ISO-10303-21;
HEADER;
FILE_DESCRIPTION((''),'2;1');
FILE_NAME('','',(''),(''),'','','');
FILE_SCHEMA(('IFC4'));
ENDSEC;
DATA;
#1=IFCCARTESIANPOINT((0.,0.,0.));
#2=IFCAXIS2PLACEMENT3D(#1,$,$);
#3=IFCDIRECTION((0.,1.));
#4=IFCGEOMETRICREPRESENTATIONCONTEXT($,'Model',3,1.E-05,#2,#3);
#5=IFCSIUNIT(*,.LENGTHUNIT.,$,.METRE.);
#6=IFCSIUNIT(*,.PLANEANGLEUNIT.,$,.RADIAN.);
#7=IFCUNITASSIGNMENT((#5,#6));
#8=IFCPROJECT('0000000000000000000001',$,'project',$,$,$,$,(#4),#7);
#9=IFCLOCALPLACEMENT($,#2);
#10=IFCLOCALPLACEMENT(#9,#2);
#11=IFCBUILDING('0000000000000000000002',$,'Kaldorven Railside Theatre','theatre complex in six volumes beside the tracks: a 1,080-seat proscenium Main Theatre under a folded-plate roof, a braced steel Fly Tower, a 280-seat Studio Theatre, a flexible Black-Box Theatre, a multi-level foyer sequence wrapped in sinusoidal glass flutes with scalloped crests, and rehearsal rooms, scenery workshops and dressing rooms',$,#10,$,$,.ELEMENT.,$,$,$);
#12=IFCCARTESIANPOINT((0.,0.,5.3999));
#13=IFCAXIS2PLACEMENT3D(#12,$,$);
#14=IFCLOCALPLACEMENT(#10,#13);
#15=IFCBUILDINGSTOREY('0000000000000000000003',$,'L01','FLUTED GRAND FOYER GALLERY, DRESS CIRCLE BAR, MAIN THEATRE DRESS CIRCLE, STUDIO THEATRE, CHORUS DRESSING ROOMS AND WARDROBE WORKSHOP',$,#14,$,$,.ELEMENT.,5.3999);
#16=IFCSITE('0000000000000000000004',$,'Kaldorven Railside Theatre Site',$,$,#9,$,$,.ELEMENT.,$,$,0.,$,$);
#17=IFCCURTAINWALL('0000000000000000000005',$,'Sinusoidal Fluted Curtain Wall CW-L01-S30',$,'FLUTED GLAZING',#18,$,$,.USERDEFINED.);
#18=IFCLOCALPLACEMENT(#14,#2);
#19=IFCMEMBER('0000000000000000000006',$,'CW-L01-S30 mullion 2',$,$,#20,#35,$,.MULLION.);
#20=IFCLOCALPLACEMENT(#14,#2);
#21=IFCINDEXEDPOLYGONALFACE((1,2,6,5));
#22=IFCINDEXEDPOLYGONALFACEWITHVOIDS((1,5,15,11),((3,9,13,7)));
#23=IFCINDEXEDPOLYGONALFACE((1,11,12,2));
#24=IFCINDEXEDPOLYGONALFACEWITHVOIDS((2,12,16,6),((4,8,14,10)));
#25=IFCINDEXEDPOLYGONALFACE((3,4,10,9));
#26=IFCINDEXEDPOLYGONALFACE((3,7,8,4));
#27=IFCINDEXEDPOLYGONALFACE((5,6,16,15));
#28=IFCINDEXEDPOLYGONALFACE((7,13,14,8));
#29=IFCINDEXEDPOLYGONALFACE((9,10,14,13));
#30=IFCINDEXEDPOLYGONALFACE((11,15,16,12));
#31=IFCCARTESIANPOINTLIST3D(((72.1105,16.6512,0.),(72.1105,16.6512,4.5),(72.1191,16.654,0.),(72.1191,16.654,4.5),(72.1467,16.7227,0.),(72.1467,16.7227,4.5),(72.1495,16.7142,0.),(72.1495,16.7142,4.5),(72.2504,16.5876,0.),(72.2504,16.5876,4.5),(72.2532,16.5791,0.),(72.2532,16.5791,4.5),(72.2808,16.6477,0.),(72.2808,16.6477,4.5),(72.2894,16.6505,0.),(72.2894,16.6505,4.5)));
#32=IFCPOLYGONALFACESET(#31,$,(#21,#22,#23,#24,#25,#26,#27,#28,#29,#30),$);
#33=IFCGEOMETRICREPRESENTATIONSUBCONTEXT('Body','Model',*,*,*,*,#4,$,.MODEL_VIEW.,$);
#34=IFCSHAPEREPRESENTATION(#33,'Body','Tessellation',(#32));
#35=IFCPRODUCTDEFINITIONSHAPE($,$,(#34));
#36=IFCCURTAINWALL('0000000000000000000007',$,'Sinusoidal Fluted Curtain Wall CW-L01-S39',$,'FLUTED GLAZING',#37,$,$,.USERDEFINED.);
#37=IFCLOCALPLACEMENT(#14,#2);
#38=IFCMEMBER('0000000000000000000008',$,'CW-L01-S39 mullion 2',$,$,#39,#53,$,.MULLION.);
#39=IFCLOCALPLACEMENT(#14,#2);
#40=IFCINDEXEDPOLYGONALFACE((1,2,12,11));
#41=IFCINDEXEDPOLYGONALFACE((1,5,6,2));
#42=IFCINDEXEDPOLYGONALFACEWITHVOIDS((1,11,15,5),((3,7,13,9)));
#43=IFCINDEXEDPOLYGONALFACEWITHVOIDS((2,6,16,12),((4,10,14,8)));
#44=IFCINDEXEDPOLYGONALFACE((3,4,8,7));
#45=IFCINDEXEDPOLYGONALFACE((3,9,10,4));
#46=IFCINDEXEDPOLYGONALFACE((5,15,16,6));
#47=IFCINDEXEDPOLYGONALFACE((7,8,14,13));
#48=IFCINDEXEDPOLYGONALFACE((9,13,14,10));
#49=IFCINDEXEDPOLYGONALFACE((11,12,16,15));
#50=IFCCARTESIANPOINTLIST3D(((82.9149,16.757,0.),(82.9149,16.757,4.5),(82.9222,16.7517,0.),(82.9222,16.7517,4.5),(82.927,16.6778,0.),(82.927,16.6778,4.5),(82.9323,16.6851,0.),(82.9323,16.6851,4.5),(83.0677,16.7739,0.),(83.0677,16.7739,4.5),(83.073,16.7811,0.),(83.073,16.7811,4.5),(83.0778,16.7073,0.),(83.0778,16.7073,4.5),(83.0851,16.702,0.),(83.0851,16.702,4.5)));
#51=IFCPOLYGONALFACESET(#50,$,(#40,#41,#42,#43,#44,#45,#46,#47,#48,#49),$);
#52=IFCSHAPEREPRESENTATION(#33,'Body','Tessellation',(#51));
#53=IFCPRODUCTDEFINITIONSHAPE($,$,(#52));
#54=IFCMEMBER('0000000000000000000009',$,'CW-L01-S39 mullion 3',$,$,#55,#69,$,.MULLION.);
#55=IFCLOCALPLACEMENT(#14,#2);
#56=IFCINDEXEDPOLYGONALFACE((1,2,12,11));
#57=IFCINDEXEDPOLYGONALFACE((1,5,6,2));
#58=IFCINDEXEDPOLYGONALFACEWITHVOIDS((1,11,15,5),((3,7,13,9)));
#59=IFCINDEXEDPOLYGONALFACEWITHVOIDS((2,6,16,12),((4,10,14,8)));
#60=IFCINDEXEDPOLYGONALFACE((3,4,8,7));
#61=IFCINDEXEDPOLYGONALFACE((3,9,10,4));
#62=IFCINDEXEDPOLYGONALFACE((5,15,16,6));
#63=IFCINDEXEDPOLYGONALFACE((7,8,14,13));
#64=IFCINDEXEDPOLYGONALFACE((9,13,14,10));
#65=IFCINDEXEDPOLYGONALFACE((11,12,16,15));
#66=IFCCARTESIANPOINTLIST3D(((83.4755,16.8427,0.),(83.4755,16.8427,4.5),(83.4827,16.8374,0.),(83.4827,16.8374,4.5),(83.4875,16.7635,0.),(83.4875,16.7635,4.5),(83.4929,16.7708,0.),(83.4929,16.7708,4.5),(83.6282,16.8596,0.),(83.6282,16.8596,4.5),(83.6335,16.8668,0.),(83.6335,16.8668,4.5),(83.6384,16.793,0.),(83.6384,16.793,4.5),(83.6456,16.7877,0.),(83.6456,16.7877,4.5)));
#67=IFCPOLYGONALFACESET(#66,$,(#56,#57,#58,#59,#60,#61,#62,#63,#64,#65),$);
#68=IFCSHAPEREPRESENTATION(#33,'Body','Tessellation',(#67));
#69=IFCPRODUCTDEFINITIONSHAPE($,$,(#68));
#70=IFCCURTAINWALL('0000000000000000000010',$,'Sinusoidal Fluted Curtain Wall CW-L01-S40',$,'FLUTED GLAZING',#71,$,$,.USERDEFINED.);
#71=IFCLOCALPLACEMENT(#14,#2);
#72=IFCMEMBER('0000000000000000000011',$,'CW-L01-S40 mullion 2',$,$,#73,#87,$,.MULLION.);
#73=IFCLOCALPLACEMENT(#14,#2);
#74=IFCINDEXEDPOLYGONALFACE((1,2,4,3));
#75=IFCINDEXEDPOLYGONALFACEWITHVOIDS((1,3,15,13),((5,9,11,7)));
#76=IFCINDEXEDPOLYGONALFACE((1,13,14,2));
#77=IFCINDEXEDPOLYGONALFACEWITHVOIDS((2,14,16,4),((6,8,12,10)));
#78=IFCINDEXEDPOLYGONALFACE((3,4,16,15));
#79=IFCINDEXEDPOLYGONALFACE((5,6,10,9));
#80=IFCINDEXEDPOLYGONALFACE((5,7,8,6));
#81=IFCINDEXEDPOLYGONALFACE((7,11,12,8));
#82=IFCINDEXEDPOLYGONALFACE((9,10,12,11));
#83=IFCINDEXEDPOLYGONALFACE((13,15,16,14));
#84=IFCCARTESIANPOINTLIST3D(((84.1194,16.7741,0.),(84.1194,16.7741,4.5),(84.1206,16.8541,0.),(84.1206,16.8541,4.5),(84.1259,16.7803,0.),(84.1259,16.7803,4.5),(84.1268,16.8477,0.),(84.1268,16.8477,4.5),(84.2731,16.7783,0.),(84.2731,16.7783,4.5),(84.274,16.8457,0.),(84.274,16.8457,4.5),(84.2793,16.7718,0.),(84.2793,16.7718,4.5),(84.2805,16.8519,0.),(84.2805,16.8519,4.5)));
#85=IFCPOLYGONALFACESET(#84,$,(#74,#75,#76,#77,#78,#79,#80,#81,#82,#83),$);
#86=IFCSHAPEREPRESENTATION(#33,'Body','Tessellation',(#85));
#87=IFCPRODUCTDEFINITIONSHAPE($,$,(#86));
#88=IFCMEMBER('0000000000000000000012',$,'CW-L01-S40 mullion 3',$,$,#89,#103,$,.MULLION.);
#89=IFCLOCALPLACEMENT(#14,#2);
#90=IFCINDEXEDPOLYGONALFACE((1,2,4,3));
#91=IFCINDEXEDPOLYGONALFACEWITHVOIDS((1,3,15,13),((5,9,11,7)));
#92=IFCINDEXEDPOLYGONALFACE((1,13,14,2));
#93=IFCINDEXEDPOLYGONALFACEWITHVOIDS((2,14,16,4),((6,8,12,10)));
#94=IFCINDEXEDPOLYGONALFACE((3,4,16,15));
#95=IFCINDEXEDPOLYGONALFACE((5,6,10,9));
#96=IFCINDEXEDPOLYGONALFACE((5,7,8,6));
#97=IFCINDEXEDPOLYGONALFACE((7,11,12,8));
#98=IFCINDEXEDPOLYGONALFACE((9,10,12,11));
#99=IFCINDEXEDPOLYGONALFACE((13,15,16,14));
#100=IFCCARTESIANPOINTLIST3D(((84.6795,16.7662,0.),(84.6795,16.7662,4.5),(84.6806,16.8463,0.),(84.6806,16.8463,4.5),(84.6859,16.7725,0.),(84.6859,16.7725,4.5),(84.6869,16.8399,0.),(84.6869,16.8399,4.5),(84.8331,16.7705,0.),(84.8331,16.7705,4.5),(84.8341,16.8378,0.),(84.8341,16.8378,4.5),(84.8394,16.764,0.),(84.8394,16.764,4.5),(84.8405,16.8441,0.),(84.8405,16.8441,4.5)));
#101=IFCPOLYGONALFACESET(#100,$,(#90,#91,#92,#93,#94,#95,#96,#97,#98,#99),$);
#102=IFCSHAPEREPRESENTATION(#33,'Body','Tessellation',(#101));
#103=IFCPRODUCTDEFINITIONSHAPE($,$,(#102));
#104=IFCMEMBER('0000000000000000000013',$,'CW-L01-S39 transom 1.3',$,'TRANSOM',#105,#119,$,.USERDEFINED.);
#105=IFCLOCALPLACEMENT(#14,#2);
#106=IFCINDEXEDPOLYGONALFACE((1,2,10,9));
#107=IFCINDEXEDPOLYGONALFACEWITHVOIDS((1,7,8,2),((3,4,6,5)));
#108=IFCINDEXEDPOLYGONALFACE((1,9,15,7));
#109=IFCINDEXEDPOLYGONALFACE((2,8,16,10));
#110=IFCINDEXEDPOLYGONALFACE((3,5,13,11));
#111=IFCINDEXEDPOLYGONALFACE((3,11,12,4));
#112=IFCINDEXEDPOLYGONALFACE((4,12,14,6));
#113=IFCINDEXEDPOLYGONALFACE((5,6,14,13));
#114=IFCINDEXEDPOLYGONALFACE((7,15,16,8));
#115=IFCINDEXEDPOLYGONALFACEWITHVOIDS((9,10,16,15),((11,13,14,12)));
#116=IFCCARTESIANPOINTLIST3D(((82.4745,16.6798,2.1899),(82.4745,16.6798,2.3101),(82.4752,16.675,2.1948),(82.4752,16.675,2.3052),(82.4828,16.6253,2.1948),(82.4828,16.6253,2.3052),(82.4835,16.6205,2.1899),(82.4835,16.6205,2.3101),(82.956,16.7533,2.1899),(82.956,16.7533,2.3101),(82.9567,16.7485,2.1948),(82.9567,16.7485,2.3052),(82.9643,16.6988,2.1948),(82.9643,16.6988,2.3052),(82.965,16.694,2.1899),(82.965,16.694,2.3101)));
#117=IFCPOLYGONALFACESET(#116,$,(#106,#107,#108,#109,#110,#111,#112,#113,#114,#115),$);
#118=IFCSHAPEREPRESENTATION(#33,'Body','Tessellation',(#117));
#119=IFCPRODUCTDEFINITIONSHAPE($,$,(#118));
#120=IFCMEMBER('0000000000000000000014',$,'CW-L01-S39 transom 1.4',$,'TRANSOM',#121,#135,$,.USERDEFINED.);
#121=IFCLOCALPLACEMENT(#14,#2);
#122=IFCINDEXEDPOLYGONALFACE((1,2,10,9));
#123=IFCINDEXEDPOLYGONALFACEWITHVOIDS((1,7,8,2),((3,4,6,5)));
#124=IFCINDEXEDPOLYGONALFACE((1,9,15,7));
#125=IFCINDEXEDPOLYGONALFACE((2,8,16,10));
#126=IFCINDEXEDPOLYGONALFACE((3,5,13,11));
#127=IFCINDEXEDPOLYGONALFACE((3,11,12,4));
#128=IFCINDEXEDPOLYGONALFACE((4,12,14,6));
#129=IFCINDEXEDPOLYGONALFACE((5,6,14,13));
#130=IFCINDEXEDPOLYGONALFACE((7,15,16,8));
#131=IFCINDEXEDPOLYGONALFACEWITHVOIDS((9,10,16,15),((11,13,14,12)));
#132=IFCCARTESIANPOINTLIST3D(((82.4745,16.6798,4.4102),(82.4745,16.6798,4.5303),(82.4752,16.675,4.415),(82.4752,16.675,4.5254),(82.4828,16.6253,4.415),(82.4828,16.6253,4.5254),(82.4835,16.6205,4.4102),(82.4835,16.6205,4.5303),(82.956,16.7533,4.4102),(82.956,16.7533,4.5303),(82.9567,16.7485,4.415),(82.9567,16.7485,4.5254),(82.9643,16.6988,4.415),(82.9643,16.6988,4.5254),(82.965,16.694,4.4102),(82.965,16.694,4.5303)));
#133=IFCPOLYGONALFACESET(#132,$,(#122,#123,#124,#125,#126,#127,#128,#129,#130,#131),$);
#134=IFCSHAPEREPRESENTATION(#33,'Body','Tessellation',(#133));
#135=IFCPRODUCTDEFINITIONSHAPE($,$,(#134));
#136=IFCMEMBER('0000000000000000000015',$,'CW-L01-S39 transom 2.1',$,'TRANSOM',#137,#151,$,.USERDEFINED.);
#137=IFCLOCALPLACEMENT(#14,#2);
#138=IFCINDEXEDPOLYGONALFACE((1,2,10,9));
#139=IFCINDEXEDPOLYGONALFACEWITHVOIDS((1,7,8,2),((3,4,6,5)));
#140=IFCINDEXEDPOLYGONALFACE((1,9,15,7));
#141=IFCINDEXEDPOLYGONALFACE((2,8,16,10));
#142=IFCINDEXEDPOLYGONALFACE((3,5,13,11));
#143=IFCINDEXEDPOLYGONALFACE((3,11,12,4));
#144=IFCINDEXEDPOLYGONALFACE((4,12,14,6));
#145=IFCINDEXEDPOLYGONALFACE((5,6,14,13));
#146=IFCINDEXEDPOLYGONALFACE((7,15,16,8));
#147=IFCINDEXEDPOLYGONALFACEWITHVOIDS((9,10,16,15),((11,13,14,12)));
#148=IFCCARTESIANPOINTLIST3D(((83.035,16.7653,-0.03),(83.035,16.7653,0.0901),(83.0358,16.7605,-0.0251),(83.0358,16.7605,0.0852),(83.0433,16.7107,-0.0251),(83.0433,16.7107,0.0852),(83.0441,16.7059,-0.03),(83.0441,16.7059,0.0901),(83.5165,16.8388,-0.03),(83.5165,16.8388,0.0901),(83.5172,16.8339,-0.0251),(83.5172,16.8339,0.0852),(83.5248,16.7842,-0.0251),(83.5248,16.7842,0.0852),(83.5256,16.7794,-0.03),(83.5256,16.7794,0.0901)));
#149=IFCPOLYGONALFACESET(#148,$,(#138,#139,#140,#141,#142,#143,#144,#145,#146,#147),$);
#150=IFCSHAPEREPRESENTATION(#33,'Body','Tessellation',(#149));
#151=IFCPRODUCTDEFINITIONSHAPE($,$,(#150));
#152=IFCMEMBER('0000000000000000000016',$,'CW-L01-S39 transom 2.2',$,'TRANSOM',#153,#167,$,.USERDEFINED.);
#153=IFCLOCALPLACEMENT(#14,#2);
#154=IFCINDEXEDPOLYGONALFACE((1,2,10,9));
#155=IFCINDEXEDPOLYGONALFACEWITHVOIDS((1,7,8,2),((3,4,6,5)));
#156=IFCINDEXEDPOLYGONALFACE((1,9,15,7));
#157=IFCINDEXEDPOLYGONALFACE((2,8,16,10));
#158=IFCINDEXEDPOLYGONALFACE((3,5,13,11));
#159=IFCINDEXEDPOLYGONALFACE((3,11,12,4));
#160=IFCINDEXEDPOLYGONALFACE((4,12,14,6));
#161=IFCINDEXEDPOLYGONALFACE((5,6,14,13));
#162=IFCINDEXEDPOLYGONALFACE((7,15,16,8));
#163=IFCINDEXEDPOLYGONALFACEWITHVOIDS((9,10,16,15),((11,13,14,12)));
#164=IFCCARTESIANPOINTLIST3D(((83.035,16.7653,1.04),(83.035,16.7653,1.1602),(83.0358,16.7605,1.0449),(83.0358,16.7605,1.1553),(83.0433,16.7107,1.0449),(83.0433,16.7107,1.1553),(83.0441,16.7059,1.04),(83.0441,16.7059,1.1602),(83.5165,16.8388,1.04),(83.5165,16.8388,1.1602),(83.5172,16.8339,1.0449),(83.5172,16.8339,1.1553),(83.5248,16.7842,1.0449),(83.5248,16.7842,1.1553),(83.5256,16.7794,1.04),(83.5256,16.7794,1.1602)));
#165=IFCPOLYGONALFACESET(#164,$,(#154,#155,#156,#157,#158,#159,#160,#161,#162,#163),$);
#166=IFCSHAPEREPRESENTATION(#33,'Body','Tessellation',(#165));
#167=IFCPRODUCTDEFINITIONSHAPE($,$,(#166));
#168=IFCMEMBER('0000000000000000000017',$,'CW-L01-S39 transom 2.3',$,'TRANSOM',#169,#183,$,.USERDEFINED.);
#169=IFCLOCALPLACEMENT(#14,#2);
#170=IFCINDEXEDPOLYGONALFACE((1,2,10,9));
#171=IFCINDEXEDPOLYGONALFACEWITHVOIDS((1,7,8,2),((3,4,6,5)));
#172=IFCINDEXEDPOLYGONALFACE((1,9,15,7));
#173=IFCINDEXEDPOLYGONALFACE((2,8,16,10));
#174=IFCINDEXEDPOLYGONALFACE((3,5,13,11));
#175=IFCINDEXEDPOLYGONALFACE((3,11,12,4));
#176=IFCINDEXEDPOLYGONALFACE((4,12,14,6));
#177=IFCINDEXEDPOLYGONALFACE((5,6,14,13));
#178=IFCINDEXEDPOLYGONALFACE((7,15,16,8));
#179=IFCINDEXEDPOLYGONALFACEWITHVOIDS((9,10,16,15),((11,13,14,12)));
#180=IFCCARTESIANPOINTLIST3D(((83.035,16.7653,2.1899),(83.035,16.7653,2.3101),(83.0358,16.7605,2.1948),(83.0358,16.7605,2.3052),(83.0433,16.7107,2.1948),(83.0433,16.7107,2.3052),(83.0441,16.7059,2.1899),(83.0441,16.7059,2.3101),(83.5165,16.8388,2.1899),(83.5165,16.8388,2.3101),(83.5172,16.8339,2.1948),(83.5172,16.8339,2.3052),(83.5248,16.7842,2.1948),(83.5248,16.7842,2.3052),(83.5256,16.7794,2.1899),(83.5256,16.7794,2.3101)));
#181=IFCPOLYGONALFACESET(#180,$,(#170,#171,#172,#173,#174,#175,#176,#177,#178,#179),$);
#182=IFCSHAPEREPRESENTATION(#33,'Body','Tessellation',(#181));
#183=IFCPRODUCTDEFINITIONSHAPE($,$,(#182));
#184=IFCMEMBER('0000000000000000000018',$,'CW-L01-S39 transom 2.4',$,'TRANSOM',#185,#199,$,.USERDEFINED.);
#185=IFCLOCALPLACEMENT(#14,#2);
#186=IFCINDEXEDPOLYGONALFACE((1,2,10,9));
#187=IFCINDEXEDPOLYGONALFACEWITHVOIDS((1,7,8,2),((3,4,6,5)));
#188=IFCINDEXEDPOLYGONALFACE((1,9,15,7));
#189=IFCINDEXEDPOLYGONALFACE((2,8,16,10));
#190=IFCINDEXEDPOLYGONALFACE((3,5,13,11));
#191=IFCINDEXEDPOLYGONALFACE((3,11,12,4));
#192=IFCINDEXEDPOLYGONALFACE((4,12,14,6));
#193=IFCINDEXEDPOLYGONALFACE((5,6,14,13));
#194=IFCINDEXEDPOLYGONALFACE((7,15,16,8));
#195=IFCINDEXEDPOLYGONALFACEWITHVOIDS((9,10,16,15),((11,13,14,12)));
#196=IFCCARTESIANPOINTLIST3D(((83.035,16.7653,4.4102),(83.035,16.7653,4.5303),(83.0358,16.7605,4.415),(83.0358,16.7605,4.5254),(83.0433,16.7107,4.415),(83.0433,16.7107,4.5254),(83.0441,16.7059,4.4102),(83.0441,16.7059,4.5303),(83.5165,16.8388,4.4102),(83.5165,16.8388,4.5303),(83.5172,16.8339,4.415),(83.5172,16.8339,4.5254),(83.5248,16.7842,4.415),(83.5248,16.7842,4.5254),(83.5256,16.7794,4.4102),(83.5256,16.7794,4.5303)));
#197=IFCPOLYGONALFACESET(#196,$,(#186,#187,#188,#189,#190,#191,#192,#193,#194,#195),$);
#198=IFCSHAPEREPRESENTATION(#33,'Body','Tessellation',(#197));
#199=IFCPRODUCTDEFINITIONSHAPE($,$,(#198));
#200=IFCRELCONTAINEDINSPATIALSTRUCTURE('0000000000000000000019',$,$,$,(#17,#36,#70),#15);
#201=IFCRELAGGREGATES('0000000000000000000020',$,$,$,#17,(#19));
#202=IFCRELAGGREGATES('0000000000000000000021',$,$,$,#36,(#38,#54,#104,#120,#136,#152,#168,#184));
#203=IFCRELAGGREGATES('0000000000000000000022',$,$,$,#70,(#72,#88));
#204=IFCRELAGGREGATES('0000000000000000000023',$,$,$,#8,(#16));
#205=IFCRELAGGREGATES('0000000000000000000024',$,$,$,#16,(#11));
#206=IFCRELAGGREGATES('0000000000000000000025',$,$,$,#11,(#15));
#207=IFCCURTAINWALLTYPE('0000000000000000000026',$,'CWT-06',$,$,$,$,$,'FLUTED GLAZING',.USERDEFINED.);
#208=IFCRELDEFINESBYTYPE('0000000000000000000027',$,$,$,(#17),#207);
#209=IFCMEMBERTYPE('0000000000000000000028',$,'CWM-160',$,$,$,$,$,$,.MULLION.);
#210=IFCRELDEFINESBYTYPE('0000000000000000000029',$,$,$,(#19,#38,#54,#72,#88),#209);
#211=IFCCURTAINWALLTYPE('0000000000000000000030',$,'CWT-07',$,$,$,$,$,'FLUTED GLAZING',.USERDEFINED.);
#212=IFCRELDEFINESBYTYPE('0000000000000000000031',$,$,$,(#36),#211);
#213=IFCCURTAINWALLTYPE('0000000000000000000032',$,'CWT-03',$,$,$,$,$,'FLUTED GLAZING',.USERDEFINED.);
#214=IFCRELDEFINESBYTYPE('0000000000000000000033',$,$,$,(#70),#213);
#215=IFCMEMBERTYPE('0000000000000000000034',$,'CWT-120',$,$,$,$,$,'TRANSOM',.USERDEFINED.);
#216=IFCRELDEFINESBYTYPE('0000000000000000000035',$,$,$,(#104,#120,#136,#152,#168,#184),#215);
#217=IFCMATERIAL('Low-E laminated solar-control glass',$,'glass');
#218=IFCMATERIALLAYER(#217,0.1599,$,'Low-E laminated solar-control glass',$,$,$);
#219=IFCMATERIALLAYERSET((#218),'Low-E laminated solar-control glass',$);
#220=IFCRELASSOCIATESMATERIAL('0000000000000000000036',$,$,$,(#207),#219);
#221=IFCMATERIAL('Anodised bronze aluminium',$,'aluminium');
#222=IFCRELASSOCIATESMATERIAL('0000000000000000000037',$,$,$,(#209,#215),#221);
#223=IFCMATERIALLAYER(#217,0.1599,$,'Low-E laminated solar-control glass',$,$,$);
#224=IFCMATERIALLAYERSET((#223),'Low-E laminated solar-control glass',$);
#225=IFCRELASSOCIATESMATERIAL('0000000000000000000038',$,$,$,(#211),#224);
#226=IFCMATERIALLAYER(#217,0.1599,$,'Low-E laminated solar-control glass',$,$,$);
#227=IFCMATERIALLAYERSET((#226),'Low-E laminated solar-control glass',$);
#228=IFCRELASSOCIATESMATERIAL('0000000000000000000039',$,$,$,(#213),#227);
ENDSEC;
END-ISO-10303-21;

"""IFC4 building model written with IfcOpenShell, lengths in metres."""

from ifc_helpers import new_model, si_unit, direction, frame, origin, origin_2d, place, context, subcontext, project, spatial, hollow_rectangle, extrude, material, layer, layer_set, material_profile, profile_set, type_object, element, aggregate, save


model = new_model("IFC4")

# Units and contexts
model_context = context("Model", 3, precision=1e-05, world=origin(), true_north=direction((0.0, 1.0)))
body_context = subcontext(model_context, "Body", "Model", "MODEL_VIEW")
ifc_project = project(units=[si_unit("LENGTHUNIT", "METRE"), si_unit("PLANEANGLEUNIT", "RADIAN")], contexts=[model_context])

# Site, building, storey
site_placement = place(None, origin())
site = spatial("IfcSite", under=ifc_project, at=site_placement, Name="Kaldorven Railside Theatre Site", CompositionType="ELEMENT", RefElevation=0.0)
building_placement = place(site_placement, origin())
building = spatial("IfcBuilding", under=site, at=building_placement, Name="Kaldorven Railside Theatre", Description="theatre complex in six volumes beside the tracks: a 1,080-seat proscenium Main Theatre under a folded-plate roof, a braced steel Fly Tower, a 280-seat Studio Theatre, a flexible Black-Box Theatre, a multi-level foyer sequence wrapped in sinusoidal glass flutes with scalloped crests, and rehearsal rooms, scenery workshops and dressing rooms", CompositionType="ELEMENT")
storey_placement = place(building_placement, frame((0.0, 0.0, 5.3999)))
storey = spatial("IfcBuildingStorey", under=building, at=storey_placement, Name="L01", Description="FLUTED GRAND FOYER GALLERY, DRESS CIRCLE BAR, MAIN THEATRE DRESS CIRCLE, STUDIO THEATRE, CHORUS DRESSING ROOMS AND WARDROBE WORKSHOP", CompositionType="ELEMENT", Elevation=5.3999)

# Curtain wall, member
ifc_material_1 = material(Name="Low-E laminated solar-control glass", Category="glass")
ifc_layer_1 = layer(ifc_material_1, 0.1599, Name="Low-E laminated solar-control glass")
ifc_layer_set_1 = layer_set([ifc_layer_1], Name="Low-E laminated solar-control glass")
curtain_wall_type_1 = type_object("IfcCurtainWallType", Name="CWT-06", ElementType="FLUTED GLAZING", PredefinedType="USERDEFINED", material=ifc_layer_set_1)
curtain_wall_1_placement = place(storey_placement, origin())
curtain_wall_1 = element("IfcCurtainWall", 1, at=curtain_wall_1_placement, inside=storey, type_object=curtain_wall_type_1, Name="Sinusoidal Fluted Curtain Wall CW-L01-S30", ObjectType="FLUTED GLAZING", PredefinedType="USERDEFINED")
ifc_material_2 = material(Name="Anodised bronze aluminium", Category="aluminium")
ifc_material_profile_1 = material_profile(ifc_material_2, hollow_rectangle(XDim=0.0801, YDim=0.1599, WallThickness=0.0063, at=origin_2d()), Name="RHS 160x80x6.3")
ifc_profile_set_1 = profile_set([ifc_material_profile_1], Name="Anodised bronze aluminium")
member_type_1 = type_object("IfcMemberType", Name="CWM-160", PredefinedType="MULLION", material=ifc_profile_set_1)
member_1_placement = place(storey_placement, frame((72.2, 16.6509, 0.0), z_axis=(0.0, 0.0, 1.0), x_axis=(0.451432, 0.892305, 0.0)))
member_1 = element("IfcMember", 2, at=member_1_placement, type_object=member_type_1, Name="CW-L01-S30 mullion 2", PredefinedType="MULLION", context=body_context, shape_type="SweptSolid", body=[
    extrude(hollow_rectangle(XDim=0.0801, YDim=0.1599, WallThickness=0.0063, at=origin_2d()), origin(), (0.0, 0.0, 1.0), 4.5),
])

# Curtain walls, members
ifc_layer_2 = layer(ifc_material_1, 0.1599, Name="Low-E laminated solar-control glass")
ifc_layer_set_2 = layer_set([ifc_layer_2], Name="Low-E laminated solar-control glass")
curtain_wall_type_2 = type_object("IfcCurtainWallType", Name="CWT-07", ElementType="FLUTED GLAZING", PredefinedType="USERDEFINED", material=ifc_layer_set_2)
curtain_wall_2_placement = place(storey_placement, origin())
curtain_wall_2 = element("IfcCurtainWall", 3, at=curtain_wall_2_placement, inside=storey, type_object=curtain_wall_type_2, Name="Sinusoidal Fluted Curtain Wall CW-L01-S39", ObjectType="FLUTED GLAZING", PredefinedType="USERDEFINED")
member_2_placement = place(storey_placement, frame((83.0, 16.7295, 0.0), z_axis=(0.0, 0.0, 1.0), x_axis=(-0.150918, 0.988546, 0.0)))
member_2 = element("IfcMember", 4, at=member_2_placement, type_object=member_type_1, Name="CW-L01-S39 mullion 2", PredefinedType="MULLION", context=body_context, shape_type="SweptSolid", body=[
    extrude(hollow_rectangle(XDim=0.0801, YDim=0.1599, WallThickness=0.0063, at=origin_2d()), origin(), (0.0, 0.0, 1.0), 4.5),
])
member_3_placement = place(storey_placement, frame((83.5605, 16.8152, 0.0), z_axis=(0.0, 0.0, 1.0), x_axis=(-0.150918, 0.988546, 0.0)))
member_3 = element("IfcMember", 5, at=member_3_placement, type_object=member_type_1, Name="CW-L01-S39 mullion 3", PredefinedType="MULLION", context=body_context, shape_type="SweptSolid", body=[
    extrude(hollow_rectangle(XDim=0.0801, YDim=0.1599, WallThickness=0.0063, at=origin_2d()), origin(), (0.0, 0.0, 1.0), 4.5),
])
ifc_layer_3 = layer(ifc_material_1, 0.1599, Name="Low-E laminated solar-control glass")
ifc_layer_set_3 = layer_set([ifc_layer_3], Name="Low-E laminated solar-control glass")
curtain_wall_type_3 = type_object("IfcCurtainWallType", Name="CWT-03", ElementType="FLUTED GLAZING", PredefinedType="USERDEFINED", material=ifc_layer_set_3)
curtain_wall_3_placement = place(storey_placement, origin())
curtain_wall_3 = element("IfcCurtainWall", 6, at=curtain_wall_3_placement, inside=storey, type_object=curtain_wall_type_3, Name="Sinusoidal Fluted Curtain Wall CW-L01-S40", ObjectType="FLUTED GLAZING", PredefinedType="USERDEFINED")
member_4_placement = place(storey_placement, frame((84.2, 16.813, 0.0), z_axis=(0.0, 0.0, 1.0), x_axis=(0.013832, 0.999904, 0.0)))
member_4 = element("IfcMember", 7, at=member_4_placement, type_object=member_type_1, Name="CW-L01-S40 mullion 2", PredefinedType="MULLION", context=body_context, shape_type="SweptSolid", body=[
    extrude(hollow_rectangle(XDim=0.0801, YDim=0.1599, WallThickness=0.0063, at=origin_2d()), origin(), (0.0, 0.0, 1.0), 4.5),
])
member_5_placement = place(storey_placement, frame((84.76, 16.8052, 0.0), z_axis=(0.0, 0.0, 1.0), x_axis=(0.013832, 0.999904, 0.0)))
member_5 = element("IfcMember", 8, at=member_5_placement, type_object=member_type_1, Name="CW-L01-S40 mullion 3", PredefinedType="MULLION", context=body_context, shape_type="SweptSolid", body=[
    extrude(hollow_rectangle(XDim=0.0801, YDim=0.1599, WallThickness=0.0063, at=origin_2d()), origin(), (0.0, 0.0, 1.0), 4.5),
])

# Members
ifc_material_profile_2 = material_profile(ifc_material_2, hollow_rectangle(XDim=0.0601, YDim=0.1201, WallThickness=0.0049, at=origin_2d()), Name="RHS 120x60x5")
ifc_profile_set_2 = profile_set([ifc_material_profile_2], Name="Anodised bronze aluminium")
member_type_2 = type_object("IfcMemberType", Name="CWT-120", ElementType="TRANSOM", PredefinedType="USERDEFINED", material=ifc_profile_set_2)
member_6_placement = place(storey_placement, frame((82.479, 16.6501, 2.25), z_axis=(0.988551, 0.150889, 0.0), x_axis=(-0.150889, 0.988551, 0.0)))
member_6 = element("IfcMember", 9, at=member_6_placement, type_object=member_type_2, Name="CW-L01-S39 transom 1.3", ObjectType="TRANSOM", PredefinedType="USERDEFINED", context=body_context, shape_type="SweptSolid", body=[
    extrude(hollow_rectangle(XDim=0.0601, YDim=0.1201, WallThickness=0.0049, at=origin_2d()), origin(), (0.0, 0.0, 1.0), 0.4871),
])
member_7_placement = place(storey_placement, frame((82.479, 16.6501, 4.4702), z_axis=(0.988551, 0.150889, 0.0), x_axis=(-0.150889, 0.988551, 0.0)))
member_7 = element("IfcMember", 10, at=member_7_placement, type_object=member_type_2, Name="CW-L01-S39 transom 1.4", ObjectType="TRANSOM", PredefinedType="USERDEFINED", context=body_context, shape_type="SweptSolid", body=[
    extrude(hollow_rectangle(XDim=0.0601, YDim=0.1201, WallThickness=0.0049, at=origin_2d()), origin(), (0.0, 0.0, 1.0), 0.4871),
])
member_8_placement = place(storey_placement, frame((83.0396, 16.7356, 0.03), z_axis=(0.988551, 0.150889, 0.0), x_axis=(-0.150889, 0.988551, 0.0)))
member_8 = element("IfcMember", 11, at=member_8_placement, type_object=member_type_2, Name="CW-L01-S39 transom 2.1", ObjectType="TRANSOM", PredefinedType="USERDEFINED", context=body_context, shape_type="SweptSolid", body=[
    extrude(hollow_rectangle(XDim=0.0601, YDim=0.1201, WallThickness=0.0049, at=origin_2d()), origin(), (0.0, 0.0, 1.0), 0.4871),
])
member_9_placement = place(storey_placement, frame((83.0396, 16.7356, 1.1001), z_axis=(0.988551, 0.150889, 0.0), x_axis=(-0.150889, 0.988551, 0.0)))
member_9 = element("IfcMember", 12, at=member_9_placement, type_object=member_type_2, Name="CW-L01-S39 transom 2.2", ObjectType="TRANSOM", PredefinedType="USERDEFINED", context=body_context, shape_type="SweptSolid", body=[
    extrude(hollow_rectangle(XDim=0.0601, YDim=0.1201, WallThickness=0.0049, at=origin_2d()), origin(), (0.0, 0.0, 1.0), 0.4871),
])
member_10_placement = place(storey_placement, frame((83.0396, 16.7356, 2.25), z_axis=(0.988551, 0.150889, 0.0), x_axis=(-0.150889, 0.988551, 0.0)))
member_10 = element("IfcMember", 13, at=member_10_placement, type_object=member_type_2, Name="CW-L01-S39 transom 2.3", ObjectType="TRANSOM", PredefinedType="USERDEFINED", context=body_context, shape_type="SweptSolid", body=[
    extrude(hollow_rectangle(XDim=0.0601, YDim=0.1201, WallThickness=0.0049, at=origin_2d()), origin(), (0.0, 0.0, 1.0), 0.4871),
])
member_11_placement = place(storey_placement, frame((83.0396, 16.7356, 4.4702), z_axis=(0.988551, 0.150889, 0.0), x_axis=(-0.150889, 0.988551, 0.0)))
member_11 = element("IfcMember", 14, at=member_11_placement, type_object=member_type_2, Name="CW-L01-S39 transom 2.4", ObjectType="TRANSOM", PredefinedType="USERDEFINED", context=body_context, shape_type="SweptSolid", body=[
    extrude(hollow_rectangle(XDim=0.0601, YDim=0.1201, WallThickness=0.0049, at=origin_2d()), origin(), (0.0, 0.0, 1.0), 0.4871),
])

aggregate(curtain_wall_1, [member_1])
aggregate(curtain_wall_2, [member_2, member_3, member_6, member_7, member_8, member_9, member_10, member_11])
aggregate(curtain_wall_3, [member_4, member_5])

save(model, "model.ifc")
